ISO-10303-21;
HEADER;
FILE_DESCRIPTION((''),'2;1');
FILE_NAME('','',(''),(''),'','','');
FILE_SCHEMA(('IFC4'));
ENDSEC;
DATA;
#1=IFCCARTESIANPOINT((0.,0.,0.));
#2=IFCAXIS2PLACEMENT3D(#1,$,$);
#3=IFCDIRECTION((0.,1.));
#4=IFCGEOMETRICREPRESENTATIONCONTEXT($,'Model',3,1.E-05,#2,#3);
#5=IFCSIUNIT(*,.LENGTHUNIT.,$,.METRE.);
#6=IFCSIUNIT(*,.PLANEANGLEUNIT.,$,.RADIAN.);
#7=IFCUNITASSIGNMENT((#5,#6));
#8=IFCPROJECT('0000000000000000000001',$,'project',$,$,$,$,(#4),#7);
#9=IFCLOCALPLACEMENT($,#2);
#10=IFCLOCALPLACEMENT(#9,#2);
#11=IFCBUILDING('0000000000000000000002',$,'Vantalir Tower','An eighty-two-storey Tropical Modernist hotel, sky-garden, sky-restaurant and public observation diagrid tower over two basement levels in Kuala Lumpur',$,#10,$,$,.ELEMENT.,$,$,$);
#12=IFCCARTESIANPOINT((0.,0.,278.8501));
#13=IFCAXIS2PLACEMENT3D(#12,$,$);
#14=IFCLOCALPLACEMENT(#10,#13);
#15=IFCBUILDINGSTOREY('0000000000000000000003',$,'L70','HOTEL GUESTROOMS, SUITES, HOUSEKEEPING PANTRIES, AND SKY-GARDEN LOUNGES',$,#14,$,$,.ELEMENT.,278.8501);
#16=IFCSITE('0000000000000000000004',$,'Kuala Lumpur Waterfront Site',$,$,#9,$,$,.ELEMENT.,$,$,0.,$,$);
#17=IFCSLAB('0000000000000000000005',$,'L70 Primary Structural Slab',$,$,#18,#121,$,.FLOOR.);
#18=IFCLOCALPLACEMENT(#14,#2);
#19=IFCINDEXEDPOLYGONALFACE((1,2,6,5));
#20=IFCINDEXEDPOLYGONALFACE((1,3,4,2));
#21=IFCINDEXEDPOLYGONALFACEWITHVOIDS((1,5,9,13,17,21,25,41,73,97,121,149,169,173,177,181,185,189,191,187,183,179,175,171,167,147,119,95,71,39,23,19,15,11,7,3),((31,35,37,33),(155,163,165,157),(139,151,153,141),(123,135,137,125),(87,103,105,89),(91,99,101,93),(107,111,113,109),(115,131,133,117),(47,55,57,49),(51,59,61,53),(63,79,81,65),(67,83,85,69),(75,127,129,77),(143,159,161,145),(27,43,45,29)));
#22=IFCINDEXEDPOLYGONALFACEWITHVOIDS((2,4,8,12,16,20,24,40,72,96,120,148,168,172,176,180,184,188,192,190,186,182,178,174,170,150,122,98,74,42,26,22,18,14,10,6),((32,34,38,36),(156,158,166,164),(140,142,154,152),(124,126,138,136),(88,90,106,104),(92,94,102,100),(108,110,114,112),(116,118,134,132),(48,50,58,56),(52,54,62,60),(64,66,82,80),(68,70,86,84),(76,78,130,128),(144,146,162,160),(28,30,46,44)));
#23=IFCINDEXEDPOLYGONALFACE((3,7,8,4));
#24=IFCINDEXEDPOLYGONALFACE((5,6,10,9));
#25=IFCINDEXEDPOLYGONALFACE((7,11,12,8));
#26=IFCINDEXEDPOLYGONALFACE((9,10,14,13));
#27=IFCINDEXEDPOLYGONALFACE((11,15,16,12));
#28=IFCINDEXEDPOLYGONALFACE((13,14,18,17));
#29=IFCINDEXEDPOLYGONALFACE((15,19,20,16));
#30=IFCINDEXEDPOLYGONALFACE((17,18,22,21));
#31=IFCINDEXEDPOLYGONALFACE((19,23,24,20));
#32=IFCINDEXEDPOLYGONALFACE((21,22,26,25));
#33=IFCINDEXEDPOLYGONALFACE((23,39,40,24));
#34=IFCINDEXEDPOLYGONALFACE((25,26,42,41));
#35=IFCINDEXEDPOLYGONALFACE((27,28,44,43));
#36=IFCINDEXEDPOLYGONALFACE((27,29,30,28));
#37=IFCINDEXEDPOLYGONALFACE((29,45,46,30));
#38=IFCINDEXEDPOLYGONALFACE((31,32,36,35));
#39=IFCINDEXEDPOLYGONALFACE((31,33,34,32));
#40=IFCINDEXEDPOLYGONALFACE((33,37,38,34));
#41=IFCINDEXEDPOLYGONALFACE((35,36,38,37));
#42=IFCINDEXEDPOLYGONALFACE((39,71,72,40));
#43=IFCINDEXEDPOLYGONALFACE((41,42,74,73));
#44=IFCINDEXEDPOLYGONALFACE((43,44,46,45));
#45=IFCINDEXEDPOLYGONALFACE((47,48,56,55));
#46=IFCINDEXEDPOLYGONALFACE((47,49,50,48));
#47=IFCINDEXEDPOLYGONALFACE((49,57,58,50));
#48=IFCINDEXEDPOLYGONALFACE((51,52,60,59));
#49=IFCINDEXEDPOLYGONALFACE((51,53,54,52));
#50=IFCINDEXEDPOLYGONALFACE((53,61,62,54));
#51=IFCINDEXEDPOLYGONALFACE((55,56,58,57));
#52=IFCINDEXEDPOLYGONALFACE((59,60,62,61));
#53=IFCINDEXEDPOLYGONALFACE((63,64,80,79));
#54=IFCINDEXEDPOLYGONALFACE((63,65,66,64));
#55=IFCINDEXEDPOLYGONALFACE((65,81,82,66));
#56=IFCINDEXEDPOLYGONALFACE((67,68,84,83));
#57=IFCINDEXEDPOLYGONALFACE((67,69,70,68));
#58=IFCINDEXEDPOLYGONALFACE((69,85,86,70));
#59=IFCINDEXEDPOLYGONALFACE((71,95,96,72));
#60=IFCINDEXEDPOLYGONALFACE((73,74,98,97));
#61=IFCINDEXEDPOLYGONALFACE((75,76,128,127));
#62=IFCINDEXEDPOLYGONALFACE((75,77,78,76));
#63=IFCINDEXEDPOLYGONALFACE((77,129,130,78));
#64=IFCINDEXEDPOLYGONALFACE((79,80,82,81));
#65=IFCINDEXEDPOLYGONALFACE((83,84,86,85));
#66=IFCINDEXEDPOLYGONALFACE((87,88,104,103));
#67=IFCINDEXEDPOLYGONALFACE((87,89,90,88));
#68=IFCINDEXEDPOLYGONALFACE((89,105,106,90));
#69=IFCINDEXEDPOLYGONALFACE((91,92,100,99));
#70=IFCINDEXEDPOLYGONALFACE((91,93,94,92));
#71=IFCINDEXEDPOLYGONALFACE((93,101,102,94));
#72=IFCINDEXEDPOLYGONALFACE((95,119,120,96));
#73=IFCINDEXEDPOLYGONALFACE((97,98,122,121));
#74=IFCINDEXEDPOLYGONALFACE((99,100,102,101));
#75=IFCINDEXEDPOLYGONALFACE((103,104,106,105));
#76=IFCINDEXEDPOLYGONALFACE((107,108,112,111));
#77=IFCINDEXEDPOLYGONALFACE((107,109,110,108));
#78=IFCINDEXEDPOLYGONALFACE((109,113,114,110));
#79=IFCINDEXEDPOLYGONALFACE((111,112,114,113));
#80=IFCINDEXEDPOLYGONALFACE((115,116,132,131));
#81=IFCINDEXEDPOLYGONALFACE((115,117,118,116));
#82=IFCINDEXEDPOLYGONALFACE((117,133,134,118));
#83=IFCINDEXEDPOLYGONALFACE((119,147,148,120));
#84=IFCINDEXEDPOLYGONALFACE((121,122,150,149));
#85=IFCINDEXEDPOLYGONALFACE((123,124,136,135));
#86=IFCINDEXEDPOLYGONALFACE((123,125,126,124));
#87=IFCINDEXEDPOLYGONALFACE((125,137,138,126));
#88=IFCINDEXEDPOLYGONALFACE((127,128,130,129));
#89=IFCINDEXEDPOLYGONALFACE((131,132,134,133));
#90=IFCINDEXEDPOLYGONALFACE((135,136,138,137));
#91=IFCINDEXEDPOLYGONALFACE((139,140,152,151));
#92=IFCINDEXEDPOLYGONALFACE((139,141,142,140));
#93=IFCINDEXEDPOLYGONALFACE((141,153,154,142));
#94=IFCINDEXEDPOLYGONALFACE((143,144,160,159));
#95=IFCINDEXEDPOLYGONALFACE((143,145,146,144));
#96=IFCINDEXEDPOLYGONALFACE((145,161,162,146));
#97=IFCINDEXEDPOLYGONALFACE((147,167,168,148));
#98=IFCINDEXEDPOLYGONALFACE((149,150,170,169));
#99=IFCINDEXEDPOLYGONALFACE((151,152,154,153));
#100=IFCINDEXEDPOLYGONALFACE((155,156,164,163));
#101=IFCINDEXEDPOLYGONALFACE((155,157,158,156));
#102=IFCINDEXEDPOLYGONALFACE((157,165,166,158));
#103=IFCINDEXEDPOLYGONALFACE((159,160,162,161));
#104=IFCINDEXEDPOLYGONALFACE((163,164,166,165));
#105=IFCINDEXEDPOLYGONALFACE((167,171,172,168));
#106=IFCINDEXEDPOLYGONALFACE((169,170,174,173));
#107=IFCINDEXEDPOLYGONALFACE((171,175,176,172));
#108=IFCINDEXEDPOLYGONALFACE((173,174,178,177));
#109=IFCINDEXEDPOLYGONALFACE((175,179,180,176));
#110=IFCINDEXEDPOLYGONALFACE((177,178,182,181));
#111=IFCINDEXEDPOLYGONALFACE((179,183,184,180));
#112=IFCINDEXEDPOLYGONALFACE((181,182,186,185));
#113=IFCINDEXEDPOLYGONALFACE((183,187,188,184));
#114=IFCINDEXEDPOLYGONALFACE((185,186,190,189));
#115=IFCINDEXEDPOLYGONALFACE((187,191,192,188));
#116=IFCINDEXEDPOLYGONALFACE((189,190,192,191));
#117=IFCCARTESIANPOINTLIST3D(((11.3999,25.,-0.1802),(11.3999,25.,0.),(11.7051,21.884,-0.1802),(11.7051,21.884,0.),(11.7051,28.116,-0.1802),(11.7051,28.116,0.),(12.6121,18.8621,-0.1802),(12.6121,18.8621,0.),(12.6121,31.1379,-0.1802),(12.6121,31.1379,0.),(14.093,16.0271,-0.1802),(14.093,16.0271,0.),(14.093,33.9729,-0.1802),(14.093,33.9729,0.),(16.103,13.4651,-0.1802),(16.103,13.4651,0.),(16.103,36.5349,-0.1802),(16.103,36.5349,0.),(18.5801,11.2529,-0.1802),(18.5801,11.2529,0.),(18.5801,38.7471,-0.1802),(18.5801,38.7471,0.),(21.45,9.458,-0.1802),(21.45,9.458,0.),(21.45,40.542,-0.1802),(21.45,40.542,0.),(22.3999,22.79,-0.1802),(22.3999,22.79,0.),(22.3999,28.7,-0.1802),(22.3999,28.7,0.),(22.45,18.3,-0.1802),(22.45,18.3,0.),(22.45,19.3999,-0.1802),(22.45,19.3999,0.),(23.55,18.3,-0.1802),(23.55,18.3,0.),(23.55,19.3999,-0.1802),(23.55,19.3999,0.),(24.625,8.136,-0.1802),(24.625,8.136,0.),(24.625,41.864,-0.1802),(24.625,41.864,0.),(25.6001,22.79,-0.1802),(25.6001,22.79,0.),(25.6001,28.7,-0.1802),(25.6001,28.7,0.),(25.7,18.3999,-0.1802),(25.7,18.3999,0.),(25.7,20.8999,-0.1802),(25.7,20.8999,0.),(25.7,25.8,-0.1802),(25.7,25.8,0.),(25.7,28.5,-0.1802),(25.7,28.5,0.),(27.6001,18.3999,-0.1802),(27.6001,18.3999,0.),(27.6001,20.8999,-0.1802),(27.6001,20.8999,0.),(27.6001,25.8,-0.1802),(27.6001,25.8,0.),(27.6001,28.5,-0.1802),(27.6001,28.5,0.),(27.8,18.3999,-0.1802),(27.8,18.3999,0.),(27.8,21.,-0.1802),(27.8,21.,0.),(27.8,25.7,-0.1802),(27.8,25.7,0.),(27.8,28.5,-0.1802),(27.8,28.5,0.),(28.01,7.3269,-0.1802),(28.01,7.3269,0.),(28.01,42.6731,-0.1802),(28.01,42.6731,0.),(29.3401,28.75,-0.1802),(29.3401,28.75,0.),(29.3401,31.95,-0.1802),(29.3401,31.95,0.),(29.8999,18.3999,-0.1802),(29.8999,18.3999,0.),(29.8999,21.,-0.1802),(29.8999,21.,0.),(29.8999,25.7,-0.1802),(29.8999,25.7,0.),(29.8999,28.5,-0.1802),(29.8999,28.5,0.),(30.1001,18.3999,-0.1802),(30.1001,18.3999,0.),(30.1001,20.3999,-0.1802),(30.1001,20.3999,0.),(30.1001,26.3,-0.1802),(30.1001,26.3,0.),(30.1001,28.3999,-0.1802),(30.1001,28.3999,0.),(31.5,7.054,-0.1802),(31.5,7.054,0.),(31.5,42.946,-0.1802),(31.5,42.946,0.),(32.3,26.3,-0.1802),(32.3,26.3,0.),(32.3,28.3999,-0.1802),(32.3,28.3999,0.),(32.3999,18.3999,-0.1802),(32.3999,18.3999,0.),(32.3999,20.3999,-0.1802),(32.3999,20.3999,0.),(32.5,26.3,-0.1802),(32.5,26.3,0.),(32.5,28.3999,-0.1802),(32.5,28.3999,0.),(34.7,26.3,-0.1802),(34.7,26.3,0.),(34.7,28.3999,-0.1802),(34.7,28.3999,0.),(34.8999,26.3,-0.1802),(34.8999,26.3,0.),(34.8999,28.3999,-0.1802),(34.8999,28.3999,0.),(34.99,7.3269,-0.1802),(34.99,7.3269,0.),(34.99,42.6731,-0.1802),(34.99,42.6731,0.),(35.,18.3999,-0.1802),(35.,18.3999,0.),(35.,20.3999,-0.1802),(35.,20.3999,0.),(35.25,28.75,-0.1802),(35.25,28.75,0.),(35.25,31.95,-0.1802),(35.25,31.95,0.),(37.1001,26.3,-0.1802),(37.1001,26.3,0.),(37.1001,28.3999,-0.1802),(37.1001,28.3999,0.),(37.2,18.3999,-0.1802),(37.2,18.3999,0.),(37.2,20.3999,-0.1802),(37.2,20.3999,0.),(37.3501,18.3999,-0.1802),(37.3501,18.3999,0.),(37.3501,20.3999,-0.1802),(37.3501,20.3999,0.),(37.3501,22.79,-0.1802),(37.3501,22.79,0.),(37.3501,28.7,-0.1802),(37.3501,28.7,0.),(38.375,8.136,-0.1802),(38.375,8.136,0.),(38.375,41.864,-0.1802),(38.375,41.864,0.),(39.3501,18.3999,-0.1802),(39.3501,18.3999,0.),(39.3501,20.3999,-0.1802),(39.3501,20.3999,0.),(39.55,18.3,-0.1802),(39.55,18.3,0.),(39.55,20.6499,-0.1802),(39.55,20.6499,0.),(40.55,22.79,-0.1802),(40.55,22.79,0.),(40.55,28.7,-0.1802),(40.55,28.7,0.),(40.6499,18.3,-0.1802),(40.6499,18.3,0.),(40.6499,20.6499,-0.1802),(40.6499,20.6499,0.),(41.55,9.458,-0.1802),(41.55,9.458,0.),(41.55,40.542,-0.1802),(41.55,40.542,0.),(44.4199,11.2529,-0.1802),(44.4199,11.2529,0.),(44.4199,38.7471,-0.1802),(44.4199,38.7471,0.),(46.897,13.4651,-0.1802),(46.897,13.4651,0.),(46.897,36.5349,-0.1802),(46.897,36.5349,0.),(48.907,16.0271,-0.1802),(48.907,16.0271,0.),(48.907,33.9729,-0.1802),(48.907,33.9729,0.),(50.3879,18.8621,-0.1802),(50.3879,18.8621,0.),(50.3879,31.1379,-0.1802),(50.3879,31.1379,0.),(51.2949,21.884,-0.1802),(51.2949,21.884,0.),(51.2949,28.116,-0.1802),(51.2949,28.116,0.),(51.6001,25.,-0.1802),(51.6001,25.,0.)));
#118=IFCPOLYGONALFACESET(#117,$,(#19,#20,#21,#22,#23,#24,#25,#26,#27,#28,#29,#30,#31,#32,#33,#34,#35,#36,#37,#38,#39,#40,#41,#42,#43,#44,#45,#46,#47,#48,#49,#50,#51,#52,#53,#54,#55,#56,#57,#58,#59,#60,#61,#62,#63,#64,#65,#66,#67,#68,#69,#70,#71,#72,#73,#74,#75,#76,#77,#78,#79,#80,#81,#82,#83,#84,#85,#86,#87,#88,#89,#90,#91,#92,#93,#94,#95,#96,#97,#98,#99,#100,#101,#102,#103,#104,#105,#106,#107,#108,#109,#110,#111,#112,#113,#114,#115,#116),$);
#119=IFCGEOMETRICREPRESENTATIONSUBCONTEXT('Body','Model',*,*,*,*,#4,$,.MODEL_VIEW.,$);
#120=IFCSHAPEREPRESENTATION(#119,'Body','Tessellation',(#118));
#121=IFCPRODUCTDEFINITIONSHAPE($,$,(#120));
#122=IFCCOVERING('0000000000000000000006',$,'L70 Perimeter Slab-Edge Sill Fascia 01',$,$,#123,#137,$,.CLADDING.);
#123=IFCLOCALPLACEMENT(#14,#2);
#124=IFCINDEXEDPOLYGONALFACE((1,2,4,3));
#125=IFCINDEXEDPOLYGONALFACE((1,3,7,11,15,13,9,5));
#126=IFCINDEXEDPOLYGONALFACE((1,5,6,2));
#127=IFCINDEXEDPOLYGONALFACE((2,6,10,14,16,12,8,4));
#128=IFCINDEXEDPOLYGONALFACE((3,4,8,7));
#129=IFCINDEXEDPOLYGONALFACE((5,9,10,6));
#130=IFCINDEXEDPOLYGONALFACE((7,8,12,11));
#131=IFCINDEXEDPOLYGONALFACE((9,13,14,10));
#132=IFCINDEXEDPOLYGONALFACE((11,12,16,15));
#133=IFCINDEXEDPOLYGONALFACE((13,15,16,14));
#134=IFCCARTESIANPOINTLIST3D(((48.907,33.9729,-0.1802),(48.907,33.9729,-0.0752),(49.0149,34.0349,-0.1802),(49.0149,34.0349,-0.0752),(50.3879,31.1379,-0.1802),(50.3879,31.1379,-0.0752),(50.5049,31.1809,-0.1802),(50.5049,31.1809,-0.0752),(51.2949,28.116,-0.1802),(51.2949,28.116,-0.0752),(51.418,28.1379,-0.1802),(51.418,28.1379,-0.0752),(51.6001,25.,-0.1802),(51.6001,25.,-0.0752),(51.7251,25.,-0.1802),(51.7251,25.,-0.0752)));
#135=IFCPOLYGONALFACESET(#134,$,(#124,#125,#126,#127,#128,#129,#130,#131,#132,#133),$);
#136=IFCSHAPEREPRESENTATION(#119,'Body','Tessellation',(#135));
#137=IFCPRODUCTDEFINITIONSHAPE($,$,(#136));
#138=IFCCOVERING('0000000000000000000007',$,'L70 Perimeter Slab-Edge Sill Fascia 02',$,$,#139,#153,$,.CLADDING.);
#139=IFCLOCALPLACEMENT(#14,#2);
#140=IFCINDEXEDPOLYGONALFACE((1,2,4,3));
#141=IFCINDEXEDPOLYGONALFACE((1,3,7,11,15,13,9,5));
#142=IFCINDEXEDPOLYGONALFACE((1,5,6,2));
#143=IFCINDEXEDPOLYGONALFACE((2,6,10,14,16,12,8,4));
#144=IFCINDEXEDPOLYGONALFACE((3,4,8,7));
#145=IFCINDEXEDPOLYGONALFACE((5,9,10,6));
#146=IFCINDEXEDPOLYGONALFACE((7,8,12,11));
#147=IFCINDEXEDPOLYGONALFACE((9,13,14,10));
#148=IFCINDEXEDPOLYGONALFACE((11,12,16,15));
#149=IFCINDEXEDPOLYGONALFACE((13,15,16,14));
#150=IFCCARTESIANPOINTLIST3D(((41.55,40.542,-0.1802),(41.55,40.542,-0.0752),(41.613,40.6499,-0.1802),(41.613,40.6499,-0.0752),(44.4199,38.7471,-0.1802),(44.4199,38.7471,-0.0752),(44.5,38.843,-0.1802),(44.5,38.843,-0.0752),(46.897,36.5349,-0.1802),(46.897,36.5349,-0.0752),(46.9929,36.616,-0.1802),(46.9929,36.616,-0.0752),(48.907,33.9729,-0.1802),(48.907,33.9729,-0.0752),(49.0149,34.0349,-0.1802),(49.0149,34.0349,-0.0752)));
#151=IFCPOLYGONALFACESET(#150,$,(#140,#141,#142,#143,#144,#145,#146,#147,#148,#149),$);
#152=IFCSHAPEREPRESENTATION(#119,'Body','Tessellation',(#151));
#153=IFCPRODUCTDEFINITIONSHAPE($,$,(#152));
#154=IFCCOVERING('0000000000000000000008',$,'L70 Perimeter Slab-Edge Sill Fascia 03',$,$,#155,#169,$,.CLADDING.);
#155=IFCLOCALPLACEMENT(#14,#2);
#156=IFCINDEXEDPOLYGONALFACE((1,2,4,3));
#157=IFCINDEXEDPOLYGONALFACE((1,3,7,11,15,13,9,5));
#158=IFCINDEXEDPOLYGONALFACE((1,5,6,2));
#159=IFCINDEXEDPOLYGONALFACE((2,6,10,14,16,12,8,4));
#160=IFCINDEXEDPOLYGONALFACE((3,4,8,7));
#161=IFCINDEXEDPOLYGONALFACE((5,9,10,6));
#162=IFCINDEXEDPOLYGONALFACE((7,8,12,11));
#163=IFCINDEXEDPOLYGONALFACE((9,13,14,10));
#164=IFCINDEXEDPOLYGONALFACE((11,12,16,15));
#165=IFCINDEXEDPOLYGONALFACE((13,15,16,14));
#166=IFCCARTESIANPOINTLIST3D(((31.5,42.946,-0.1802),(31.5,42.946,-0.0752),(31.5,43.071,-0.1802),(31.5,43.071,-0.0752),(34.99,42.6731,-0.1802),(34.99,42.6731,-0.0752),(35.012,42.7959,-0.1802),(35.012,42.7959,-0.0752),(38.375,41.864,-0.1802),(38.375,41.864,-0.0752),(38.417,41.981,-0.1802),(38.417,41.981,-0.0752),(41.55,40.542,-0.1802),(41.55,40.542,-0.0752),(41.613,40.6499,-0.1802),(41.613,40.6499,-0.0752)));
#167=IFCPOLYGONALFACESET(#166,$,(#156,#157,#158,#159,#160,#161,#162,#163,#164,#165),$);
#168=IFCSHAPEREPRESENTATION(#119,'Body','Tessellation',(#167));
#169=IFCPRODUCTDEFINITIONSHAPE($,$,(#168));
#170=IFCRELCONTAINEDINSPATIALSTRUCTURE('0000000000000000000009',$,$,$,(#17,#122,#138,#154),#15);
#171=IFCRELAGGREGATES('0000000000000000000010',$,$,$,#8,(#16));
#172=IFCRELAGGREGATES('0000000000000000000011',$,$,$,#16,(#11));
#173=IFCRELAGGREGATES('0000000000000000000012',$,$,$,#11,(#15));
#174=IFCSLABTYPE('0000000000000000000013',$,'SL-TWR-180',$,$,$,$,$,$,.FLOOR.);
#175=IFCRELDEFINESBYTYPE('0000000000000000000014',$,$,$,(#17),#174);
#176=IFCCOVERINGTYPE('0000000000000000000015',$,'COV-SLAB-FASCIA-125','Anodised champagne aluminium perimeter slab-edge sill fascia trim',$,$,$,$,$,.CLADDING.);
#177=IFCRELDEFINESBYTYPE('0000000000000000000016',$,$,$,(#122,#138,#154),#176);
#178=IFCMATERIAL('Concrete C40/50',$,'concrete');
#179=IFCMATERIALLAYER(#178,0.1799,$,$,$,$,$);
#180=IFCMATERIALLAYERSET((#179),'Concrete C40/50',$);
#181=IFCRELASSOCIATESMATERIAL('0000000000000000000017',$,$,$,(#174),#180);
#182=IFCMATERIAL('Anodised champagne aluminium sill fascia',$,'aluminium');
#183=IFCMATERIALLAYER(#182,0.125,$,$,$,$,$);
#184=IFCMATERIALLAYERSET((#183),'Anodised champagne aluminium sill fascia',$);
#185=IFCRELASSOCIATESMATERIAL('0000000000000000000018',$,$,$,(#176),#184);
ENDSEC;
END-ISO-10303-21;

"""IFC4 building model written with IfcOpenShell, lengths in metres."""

from ifc_helpers import new_model, si_unit, direction, frame, origin, place, context, subcontext, project, spatial, polyline, outline, extrude, material, layer, layer_set, type_object, element, save


model = new_model("IFC4")

# Units and contexts
model_context = context("Model", 3, precision=1e-05, world=origin(), true_north=direction((0.0, 1.0)))
body_context = subcontext(model_context, "Body", "Model", "MODEL_VIEW")
ifc_project = project(units=[si_unit("LENGTHUNIT", "METRE"), si_unit("PLANEANGLEUNIT", "RADIAN")], contexts=[model_context])

# Site, building, storey
site_placement = place(None, origin())
site = spatial("IfcSite", under=ifc_project, at=site_placement, Name="Kuala Lumpur Waterfront Site", CompositionType="ELEMENT", RefElevation=0.0)
building_placement = place(site_placement, origin())
building = spatial("IfcBuilding", under=site, at=building_placement, Name="Vantalir Tower", Description="An eighty-two-storey Tropical Modernist hotel, sky-garden, sky-restaurant and public observation diagrid tower over two basement levels in Kuala Lumpur", CompositionType="ELEMENT")
storey_placement = place(building_placement, frame((0.0, 0.0, 278.8501)))
storey = spatial("IfcBuildingStorey", under=building, at=storey_placement, Name="L70", Description="HOTEL GUESTROOMS, SUITES, HOUSEKEEPING PANTRIES, AND SKY-GARDEN LOUNGES", CompositionType="ELEMENT", Elevation=278.8501)

# Shared definitions
ifc_material_1 = material(Name="Concrete C40/50", Category="concrete")

# Slab
ifc_layer_1 = layer(ifc_material_1, 0.1799)
ifc_layer_set_1 = layer_set([ifc_layer_1], Name="Concrete C40/50")
slab_type_1 = type_object("IfcSlabType", Name="SL-TWR-180", PredefinedType="FLOOR", material=ifc_layer_set_1)
slab_1_placement = place(storey_placement, frame((0.0, 0.0, -0.1802)))
element("IfcSlab", 1, at=slab_1_placement, inside=storey, type_object=slab_type_1, Name="L70 Primary Structural Slab", PredefinedType="FLOOR", context=body_context, shape_type="SweptSolid", body=[
    extrude(outline(polyline([(16.103, 13.4651), (18.5801, 11.2529), (21.45, 9.458), (24.625, 8.136), (28.01, 7.3269), (31.5, 7.054), (34.99, 7.3269), (38.375, 8.136), (41.55, 9.458), (44.4199, 11.2529), (46.897, 13.4651), (48.907, 16.0271), (50.3879, 18.8621), (51.2949, 21.884), (51.6001, 25.0), (51.2949, 28.116), (50.3879, 31.1379), (48.907, 33.9729), (46.897, 36.5349), (44.4199, 38.7471), (41.55, 40.542), (38.375, 41.864), (34.99, 42.6731), (31.5, 42.946), (28.01, 42.6731), (24.625, 41.864), (21.45, 40.542), (18.5801, 38.7471), (16.103, 36.5349), (14.093, 33.9729), (12.6121, 31.1379), (11.7051, 28.116), (11.3999, 25.0), (11.7051, 21.884), (12.6121, 18.8621), (14.093, 16.0271), (16.103, 13.4651)]), holes=[polyline([(22.3999, 28.7), (25.6001, 28.7), (25.6001, 22.79), (22.3999, 22.79), (22.3999, 28.7)]), polyline([(40.55, 28.7), (40.55, 22.79), (37.3501, 22.79), (37.3501, 28.7), (40.55, 28.7)]), polyline([(29.3401, 28.75), (29.3401, 31.95), (35.25, 31.95), (35.25, 28.75), (29.3401, 28.75)]), polyline([(25.7, 18.3999), (25.7, 20.8999), (27.6001, 20.8999), (27.6001, 18.3999), (25.7, 18.3999)]), polyline([(25.7, 28.5), (27.6001, 28.5), (27.6001, 25.8), (25.7, 25.8), (25.7, 28.5)]), polyline([(29.8999, 21.0), (29.8999, 18.3999), (27.8, 18.3999), (27.8, 21.0), (29.8999, 21.0)]), polyline([(29.8999, 25.7), (27.8, 25.7), (27.8, 28.5), (29.8999, 28.5), (29.8999, 25.7)]), polyline([(30.1001, 18.3999), (30.1001, 20.3999), (32.3999, 20.3999), (32.3999, 18.3999), (30.1001, 18.3999)]), polyline([(37.3501, 20.3999), (39.3501, 20.3999), (39.3501, 18.3999), (37.3501, 18.3999), (37.3501, 20.3999)]), polyline([(37.2, 20.3999), (37.2, 18.3999), (35.0, 18.3999), (35.0, 20.3999), (37.2, 20.3999)]), polyline([(32.3, 26.3), (30.1001, 26.3), (30.1001, 28.3999), (32.3, 28.3999), (32.3, 26.3)]), polyline([(32.5, 26.3), (32.5, 28.3999), (34.7, 28.3999), (34.7, 26.3), (32.5, 26.3)]), polyline([(34.8999, 28.3999), (37.1001, 28.3999), (37.1001, 26.3), (34.8999, 26.3), (34.8999, 28.3999)]), polyline([(23.55, 19.3999), (23.55, 18.3), (22.45, 18.3), (22.45, 19.3999), (23.55, 19.3999)]), polyline([(40.6499, 18.3), (39.55, 18.3), (39.55, 20.6499), (40.6499, 20.6499), (40.6499, 18.3)])]), origin(), (0.0, 0.0, 1.0), 0.1802),
])

# Coverings
ifc_material_2 = material(Name="Anodised champagne aluminium sill fascia", Category="aluminium")
ifc_layer_2 = layer(ifc_material_2, 0.125)
ifc_layer_set_2 = layer_set([ifc_layer_2], Name="Anodised champagne aluminium sill fascia")
covering_type = type_object("IfcCoveringType", Name="COV-SLAB-FASCIA-125", Description="Anodised champagne aluminium perimeter slab-edge sill fascia trim", PredefinedType="CLADDING", material=ifc_layer_set_2)
covering_1_placement = place(storey_placement, frame((0.0, 0.0, -0.1802)))
element("IfcCovering", 2, at=covering_1_placement, inside=storey, type_object=covering_type, Name="L70 Perimeter Slab-Edge Sill Fascia 01", PredefinedType="CLADDING", context=body_context, shape_type="SweptSolid", body=[
    extrude(outline(polyline([(51.7251, 25.0), (51.418, 28.1379), (50.5049, 31.1809), (49.0149, 34.0349), (48.907, 33.9729), (50.3879, 31.1379), (51.2949, 28.116), (51.6001, 25.0), (51.7251, 25.0)])), origin(), (0.0, 0.0, 1.0), 0.105),
])
covering_2_placement = place(storey_placement, frame((0.0, 0.0, -0.1802)))
element("IfcCovering", 3, at=covering_2_placement, inside=storey, type_object=covering_type, Name="L70 Perimeter Slab-Edge Sill Fascia 02", PredefinedType="CLADDING", context=body_context, shape_type="SweptSolid", body=[
    extrude(outline(polyline([(49.0149, 34.0349), (46.9929, 36.616), (44.5, 38.843), (41.613, 40.6499), (41.55, 40.542), (44.4199, 38.7471), (46.897, 36.5349), (48.907, 33.9729), (49.0149, 34.0349)])), origin(), (0.0, 0.0, 1.0), 0.105),
])
covering_3_placement = place(storey_placement, frame((0.0, 0.0, -0.1802)))
element("IfcCovering", 4, at=covering_3_placement, inside=storey, type_object=covering_type, Name="L70 Perimeter Slab-Edge Sill Fascia 03", PredefinedType="CLADDING", context=body_context, shape_type="SweptSolid", body=[
    extrude(outline(polyline([(41.613, 40.6499), (38.417, 41.981), (35.012, 42.7959), (31.5, 43.071), (31.5, 42.946), (34.99, 42.6731), (38.375, 41.864), (41.55, 40.542), (41.613, 40.6499)])), origin(), (0.0, 0.0, 1.0), 0.105),
])

save(model, "model.ifc")
